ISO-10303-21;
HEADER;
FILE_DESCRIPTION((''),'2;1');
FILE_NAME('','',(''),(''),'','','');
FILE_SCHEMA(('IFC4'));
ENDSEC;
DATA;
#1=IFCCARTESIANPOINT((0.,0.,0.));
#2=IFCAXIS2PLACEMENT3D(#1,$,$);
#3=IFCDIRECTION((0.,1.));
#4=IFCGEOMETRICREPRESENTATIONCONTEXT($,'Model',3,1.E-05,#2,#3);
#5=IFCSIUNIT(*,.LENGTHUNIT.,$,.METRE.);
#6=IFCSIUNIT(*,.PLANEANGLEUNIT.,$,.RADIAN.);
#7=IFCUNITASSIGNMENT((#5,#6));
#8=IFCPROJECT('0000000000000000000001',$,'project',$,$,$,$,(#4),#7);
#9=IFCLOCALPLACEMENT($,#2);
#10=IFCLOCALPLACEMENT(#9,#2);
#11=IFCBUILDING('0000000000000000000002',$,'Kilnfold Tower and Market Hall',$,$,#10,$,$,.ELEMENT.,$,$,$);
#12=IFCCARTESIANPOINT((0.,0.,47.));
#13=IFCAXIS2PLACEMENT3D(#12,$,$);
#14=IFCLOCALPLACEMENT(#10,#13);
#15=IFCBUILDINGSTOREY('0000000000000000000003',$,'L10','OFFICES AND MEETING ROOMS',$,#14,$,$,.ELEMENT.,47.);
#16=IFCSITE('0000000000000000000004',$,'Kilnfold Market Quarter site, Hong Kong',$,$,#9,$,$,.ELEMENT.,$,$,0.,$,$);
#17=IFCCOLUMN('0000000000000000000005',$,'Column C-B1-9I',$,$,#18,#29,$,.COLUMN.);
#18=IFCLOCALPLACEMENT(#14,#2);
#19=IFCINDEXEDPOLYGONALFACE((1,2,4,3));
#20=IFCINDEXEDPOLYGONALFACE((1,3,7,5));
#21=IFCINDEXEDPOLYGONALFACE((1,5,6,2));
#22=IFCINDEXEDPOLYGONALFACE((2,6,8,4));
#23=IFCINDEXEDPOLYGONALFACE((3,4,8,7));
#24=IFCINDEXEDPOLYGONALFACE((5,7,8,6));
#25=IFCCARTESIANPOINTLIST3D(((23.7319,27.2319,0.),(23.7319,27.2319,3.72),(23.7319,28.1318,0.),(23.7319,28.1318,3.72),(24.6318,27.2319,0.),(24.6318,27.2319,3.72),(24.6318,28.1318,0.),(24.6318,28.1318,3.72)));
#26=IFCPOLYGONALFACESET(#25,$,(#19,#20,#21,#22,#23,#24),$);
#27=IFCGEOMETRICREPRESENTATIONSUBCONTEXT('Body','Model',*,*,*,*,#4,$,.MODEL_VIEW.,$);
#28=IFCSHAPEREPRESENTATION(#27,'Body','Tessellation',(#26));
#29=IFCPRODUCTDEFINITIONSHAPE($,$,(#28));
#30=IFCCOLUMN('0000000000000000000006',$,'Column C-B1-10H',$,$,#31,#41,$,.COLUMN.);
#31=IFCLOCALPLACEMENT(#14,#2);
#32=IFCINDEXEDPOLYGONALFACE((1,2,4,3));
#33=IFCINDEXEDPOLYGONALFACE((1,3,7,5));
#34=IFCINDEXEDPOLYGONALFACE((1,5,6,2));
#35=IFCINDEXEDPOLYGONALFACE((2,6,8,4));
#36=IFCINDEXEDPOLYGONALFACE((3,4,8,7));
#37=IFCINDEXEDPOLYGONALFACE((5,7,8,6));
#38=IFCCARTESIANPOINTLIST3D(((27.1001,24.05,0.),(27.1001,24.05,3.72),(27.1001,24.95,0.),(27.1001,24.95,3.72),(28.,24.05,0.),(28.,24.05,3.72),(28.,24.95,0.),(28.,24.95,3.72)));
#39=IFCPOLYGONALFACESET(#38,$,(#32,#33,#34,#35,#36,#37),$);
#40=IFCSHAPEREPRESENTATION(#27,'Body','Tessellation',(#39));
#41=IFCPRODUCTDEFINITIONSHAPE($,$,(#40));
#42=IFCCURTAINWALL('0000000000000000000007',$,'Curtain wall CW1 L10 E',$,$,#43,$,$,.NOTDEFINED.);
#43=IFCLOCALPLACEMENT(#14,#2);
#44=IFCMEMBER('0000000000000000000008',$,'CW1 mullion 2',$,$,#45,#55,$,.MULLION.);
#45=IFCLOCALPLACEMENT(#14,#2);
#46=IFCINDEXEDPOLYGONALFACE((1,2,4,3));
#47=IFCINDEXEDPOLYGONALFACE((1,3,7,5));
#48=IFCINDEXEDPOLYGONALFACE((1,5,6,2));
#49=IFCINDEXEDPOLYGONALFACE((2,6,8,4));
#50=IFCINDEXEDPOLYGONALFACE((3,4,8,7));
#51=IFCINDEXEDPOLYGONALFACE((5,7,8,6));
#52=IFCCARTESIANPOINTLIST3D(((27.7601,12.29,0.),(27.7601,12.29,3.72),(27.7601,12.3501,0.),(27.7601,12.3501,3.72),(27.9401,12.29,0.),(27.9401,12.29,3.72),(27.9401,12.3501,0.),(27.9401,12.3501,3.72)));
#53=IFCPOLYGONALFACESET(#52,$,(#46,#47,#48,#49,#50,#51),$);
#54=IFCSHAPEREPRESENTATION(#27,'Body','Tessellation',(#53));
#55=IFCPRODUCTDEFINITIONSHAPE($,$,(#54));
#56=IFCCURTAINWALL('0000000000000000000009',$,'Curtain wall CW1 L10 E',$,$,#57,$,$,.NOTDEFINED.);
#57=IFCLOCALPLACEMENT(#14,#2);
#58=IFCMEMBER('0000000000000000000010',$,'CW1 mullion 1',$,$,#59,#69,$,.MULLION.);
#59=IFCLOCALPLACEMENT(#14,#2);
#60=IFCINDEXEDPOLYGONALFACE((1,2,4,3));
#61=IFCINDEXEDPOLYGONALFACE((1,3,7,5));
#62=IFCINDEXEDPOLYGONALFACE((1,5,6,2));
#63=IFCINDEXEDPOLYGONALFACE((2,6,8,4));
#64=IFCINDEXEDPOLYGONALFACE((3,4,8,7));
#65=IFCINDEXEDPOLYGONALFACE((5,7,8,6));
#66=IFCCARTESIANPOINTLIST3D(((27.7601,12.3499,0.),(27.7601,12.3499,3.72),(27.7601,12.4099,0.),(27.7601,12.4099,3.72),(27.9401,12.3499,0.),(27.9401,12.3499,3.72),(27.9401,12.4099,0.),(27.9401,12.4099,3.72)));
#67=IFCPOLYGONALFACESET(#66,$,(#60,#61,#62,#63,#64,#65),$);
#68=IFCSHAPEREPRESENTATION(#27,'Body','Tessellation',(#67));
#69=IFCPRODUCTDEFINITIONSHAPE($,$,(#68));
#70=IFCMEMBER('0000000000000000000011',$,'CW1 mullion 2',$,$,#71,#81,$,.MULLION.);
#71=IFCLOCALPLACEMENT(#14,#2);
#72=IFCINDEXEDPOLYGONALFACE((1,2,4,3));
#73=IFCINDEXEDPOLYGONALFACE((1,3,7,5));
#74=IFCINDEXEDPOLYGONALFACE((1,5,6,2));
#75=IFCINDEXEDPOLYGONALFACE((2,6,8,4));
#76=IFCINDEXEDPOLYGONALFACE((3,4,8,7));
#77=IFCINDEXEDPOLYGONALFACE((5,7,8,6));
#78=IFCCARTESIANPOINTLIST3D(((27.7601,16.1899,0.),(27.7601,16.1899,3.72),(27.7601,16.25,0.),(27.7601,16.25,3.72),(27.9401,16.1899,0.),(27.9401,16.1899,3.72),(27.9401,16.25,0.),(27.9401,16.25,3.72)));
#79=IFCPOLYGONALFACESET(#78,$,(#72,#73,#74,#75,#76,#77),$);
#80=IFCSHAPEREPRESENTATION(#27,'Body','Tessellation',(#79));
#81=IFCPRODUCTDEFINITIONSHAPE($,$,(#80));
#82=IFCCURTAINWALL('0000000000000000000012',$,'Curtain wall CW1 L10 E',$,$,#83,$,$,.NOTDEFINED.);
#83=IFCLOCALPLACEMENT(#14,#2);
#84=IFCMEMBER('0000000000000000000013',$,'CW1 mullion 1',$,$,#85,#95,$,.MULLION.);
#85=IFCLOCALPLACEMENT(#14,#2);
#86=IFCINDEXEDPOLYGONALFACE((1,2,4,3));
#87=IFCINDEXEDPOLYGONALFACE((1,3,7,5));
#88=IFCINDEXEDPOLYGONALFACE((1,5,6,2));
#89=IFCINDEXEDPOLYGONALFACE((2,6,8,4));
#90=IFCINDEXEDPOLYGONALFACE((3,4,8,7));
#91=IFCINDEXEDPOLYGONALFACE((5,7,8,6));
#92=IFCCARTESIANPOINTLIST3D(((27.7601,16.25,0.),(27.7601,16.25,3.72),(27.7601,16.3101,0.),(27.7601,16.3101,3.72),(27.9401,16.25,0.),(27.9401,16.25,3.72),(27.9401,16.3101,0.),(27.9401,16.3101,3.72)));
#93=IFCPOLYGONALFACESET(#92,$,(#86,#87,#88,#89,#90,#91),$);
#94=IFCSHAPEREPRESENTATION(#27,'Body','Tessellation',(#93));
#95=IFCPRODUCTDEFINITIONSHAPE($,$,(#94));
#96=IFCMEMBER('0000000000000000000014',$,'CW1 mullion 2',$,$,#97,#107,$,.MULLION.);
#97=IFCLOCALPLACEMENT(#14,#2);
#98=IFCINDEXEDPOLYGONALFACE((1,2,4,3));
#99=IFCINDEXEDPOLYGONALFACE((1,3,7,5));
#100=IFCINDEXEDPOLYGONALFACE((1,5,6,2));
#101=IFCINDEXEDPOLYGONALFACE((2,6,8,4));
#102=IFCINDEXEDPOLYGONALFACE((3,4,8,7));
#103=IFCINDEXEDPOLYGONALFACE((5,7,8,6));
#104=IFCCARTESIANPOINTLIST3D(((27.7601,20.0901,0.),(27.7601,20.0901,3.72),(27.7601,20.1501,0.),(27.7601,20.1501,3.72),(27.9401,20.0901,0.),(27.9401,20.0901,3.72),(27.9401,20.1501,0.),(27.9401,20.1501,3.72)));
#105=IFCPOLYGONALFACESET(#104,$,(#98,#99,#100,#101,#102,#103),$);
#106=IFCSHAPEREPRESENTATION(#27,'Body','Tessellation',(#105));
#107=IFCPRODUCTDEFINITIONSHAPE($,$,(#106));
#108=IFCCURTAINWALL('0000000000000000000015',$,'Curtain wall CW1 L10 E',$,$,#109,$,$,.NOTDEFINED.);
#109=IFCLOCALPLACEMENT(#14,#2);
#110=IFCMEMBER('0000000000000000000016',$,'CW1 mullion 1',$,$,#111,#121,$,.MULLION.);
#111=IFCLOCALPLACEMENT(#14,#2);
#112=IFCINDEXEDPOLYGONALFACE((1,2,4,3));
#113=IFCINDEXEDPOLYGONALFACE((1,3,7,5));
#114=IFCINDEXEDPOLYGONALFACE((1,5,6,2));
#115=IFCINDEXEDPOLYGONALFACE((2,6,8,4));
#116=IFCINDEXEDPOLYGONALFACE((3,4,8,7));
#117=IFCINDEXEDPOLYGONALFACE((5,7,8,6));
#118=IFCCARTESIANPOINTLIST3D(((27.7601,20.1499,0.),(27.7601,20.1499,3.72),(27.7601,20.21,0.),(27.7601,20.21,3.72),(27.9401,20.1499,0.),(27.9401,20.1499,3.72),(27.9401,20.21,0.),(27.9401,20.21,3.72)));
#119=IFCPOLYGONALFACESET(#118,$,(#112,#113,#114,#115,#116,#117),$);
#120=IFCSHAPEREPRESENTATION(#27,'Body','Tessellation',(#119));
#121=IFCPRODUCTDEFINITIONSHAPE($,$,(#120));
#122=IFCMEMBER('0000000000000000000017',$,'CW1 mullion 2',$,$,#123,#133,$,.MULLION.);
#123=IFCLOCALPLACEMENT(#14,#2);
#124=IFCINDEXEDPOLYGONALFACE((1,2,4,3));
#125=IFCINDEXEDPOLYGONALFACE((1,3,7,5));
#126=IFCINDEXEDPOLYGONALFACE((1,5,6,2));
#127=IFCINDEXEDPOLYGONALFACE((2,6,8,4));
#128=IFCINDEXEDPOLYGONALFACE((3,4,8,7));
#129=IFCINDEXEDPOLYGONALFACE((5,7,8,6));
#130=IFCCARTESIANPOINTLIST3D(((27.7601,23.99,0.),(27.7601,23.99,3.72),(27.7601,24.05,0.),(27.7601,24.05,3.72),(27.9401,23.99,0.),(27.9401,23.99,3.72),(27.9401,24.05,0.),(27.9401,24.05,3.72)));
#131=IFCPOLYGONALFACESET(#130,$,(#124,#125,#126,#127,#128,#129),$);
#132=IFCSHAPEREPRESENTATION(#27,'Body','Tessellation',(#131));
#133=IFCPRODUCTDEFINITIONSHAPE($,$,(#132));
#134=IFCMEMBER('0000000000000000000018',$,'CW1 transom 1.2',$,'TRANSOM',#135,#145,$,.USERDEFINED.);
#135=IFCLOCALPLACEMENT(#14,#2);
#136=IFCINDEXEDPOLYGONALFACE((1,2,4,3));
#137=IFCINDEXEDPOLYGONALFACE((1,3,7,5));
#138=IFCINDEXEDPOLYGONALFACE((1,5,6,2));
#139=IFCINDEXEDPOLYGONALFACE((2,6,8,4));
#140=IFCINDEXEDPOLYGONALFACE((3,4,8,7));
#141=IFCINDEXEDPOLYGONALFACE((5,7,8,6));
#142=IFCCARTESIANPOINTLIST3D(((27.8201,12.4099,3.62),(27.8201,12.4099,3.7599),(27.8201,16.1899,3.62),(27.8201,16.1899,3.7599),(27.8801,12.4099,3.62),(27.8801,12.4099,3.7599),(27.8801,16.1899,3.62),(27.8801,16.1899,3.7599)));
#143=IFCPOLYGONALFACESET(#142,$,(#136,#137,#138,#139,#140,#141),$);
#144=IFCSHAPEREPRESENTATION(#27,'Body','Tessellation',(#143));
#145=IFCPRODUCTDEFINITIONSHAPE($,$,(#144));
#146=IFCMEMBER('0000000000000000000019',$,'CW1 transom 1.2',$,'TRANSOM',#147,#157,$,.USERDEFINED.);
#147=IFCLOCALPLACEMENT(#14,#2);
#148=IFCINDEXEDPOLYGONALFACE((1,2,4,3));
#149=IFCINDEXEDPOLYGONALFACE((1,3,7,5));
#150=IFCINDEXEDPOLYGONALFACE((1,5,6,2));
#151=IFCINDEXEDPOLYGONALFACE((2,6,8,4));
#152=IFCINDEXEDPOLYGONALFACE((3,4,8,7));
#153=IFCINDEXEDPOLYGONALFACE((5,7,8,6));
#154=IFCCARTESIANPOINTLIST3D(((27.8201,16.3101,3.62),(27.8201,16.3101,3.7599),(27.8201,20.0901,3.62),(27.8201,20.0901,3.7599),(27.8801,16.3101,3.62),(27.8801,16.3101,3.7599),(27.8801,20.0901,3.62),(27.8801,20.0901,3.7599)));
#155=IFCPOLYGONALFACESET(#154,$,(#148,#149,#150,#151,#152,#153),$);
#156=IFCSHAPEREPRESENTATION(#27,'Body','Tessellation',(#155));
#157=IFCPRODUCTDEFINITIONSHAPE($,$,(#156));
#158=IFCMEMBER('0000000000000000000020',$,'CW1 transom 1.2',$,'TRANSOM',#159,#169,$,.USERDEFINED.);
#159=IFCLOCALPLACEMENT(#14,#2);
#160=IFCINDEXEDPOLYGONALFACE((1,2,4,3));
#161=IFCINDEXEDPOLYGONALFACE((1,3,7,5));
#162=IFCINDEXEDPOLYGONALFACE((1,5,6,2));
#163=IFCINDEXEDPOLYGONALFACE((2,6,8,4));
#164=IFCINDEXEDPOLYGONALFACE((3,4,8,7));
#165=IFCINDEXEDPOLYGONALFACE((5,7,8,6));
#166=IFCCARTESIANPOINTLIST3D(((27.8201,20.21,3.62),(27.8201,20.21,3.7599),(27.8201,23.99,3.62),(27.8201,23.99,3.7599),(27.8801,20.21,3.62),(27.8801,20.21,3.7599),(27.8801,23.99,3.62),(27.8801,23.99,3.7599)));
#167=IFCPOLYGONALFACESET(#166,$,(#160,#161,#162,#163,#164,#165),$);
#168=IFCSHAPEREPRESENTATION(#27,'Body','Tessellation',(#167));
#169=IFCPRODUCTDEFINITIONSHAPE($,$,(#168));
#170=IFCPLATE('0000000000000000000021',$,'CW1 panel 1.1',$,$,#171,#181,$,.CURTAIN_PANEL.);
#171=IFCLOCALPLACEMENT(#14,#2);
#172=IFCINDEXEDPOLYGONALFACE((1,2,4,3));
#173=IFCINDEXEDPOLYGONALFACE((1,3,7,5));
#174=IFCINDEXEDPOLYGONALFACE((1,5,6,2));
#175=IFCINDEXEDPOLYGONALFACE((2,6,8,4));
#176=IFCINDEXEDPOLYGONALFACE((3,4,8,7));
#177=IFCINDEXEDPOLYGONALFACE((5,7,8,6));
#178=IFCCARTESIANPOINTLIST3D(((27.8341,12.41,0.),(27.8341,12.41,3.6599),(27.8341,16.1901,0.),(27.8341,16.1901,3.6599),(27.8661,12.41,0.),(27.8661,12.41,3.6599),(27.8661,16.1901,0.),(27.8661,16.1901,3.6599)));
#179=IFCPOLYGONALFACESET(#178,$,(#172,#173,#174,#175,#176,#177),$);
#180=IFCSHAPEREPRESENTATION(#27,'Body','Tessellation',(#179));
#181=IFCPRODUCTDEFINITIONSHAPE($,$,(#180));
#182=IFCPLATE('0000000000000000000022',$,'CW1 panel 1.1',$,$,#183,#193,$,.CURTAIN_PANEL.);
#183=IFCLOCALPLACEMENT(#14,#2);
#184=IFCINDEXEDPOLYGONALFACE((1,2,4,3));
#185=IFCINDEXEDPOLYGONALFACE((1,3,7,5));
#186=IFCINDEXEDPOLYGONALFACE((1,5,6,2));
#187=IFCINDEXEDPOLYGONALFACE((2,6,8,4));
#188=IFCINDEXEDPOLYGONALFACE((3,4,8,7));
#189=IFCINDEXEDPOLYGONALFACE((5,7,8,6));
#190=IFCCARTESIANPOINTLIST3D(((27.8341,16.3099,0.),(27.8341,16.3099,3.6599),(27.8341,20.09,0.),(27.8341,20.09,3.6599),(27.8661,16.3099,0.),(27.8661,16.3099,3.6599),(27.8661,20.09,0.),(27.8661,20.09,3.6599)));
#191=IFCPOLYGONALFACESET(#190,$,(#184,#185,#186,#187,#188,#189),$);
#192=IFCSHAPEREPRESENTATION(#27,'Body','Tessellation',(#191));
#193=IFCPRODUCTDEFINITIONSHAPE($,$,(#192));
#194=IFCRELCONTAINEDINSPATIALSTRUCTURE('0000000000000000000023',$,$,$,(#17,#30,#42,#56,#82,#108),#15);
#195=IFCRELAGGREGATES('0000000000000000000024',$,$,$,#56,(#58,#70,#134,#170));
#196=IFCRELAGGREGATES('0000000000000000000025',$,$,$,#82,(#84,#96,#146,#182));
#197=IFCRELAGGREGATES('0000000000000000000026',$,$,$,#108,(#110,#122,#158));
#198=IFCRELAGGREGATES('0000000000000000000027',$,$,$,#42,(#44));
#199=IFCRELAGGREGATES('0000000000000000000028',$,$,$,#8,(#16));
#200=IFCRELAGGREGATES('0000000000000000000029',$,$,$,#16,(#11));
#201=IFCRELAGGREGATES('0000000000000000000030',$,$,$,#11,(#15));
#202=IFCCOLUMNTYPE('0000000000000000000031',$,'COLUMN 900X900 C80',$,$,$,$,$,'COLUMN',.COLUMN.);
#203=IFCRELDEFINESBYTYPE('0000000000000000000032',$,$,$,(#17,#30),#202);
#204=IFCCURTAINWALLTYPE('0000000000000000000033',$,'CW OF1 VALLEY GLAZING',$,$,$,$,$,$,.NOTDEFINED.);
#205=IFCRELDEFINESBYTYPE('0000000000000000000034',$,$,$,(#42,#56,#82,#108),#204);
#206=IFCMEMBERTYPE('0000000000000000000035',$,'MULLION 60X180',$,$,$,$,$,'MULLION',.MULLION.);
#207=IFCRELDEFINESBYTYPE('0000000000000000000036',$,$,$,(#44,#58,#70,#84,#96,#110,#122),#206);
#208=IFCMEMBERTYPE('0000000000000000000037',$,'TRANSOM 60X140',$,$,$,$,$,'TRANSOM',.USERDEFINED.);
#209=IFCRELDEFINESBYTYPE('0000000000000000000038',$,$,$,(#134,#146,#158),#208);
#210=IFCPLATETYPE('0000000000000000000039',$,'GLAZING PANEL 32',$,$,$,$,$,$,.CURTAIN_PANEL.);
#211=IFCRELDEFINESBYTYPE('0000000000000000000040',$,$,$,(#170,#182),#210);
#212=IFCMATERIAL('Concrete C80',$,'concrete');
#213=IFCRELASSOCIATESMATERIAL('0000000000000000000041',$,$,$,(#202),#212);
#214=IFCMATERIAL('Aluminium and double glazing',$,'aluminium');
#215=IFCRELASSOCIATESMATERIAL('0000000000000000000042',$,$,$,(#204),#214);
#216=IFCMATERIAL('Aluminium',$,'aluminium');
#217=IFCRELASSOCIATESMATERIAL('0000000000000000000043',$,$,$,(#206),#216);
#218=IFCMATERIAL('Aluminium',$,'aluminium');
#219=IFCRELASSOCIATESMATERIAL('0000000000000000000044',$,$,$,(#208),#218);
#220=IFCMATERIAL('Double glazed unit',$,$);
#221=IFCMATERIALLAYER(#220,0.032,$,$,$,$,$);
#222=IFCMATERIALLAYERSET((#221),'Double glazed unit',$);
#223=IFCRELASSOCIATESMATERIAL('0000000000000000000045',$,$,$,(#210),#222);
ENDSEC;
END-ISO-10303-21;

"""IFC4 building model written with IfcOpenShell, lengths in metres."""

from ifc_helpers import new_model, si_unit, direction, frame, origin, origin_2d, place, context, subcontext, project, spatial, rectangle, extrude, source, transform, mapped, material, layer, layer_set, material_profile, profile_set, type_object, element, aggregate, save


model = new_model("IFC4")

# Units and contexts
model_context = context("Model", 3, precision=1e-05, world=origin(), true_north=direction((0.0, 1.0)))
body_context = subcontext(model_context, "Body", "Model", "MODEL_VIEW")
ifc_project = project(units=[si_unit("LENGTHUNIT", "METRE"), si_unit("PLANEANGLEUNIT", "RADIAN")], contexts=[model_context])

# Site, building, storey
site_placement = place(None, origin())
site = spatial("IfcSite", under=ifc_project, at=site_placement, Name="Kilnfold Market Quarter site, Hong Kong", CompositionType="ELEMENT", RefElevation=0.0)
building_placement = place(site_placement, origin())
building = spatial("IfcBuilding", under=site, at=building_placement, Name="Kilnfold Tower and Market Hall", CompositionType="ELEMENT")
storey_placement = place(building_placement, frame((0.0, 0.0, 47.0)))
storey = spatial("IfcBuildingStorey", under=building, at=storey_placement, Name="L10", Description="OFFICES AND MEETING ROOMS", CompositionType="ELEMENT", Elevation=47.0)

# Columns
ifc_material_1 = material(Name="Concrete C80", Category="concrete")
ifc_material_profile_1 = material_profile(ifc_material_1, rectangle(XDim=0.8999, YDim=0.8999, at=origin_2d()), Name="RC 900x900")
ifc_profile_set_1 = profile_set([ifc_material_profile_1], Name="Concrete C80")
column_type = type_object("IfcColumnType", Name="COLUMN 900X900 C80", ElementType="COLUMN", PredefinedType="COLUMN", material=ifc_profile_set_1)
shared_shape_1 = source(origin(), body_context, "Body", "SweptSolid", [
    extrude(rectangle(XDim=0.8999, YDim=0.8999, at=origin_2d()), origin(), (0.0, 0.0, 1.0), 3.72),
])
for number, where, z_axis, x_axis, name in (
    (1, (24.1819, 27.6819, 0.0), (0.0, 0.0, 1.0), (1.0, 0.0, 0.0), "Column C-B1-9I"),
    (2, (27.55, 24.5, 0.0), (0.0, 0.0, 1.0), (1.0, 0.0, 0.0), "Column C-B1-10H"),
):
    element("IfcColumn", number, at=place(storey_placement, frame(where, z_axis=z_axis, x_axis=x_axis)), inside=storey, type_object=column_type, Name=name, PredefinedType="COLUMN", context=body_context, shape_type="MappedRepresentation", body=[
        mapped(shared_shape_1, transform((0.0, 0.0, 0.0))),
    ])

# Curtain wall, member
ifc_material_2 = material(Name="Aluminium and double glazing", Category="aluminium")
curtain_wall_type = type_object("IfcCurtainWallType", Name="CW OF1 VALLEY GLAZING", PredefinedType="NOTDEFINED", material=ifc_material_2)
curtain_wall_1_placement = place(storey_placement, origin())
curtain_wall_1 = element("IfcCurtainWall", 3, at=curtain_wall_1_placement, inside=storey, type_object=curtain_wall_type, Name="Curtain wall CW1 L10 E", PredefinedType="NOTDEFINED")
ifc_material_3 = material(Name="Aluminium", Category="aluminium")
ifc_material_profile_2 = material_profile(ifc_material_3, rectangle(XDim=0.0601, YDim=0.1799, at=origin_2d()), Name="MULLION 60x180")
ifc_profile_set_2 = profile_set([ifc_material_profile_2], Name="Aluminium")
member_type_1 = type_object("IfcMemberType", Name="MULLION 60X180", ElementType="MULLION", PredefinedType="MULLION", material=ifc_profile_set_2)
shared_shape_2 = source(origin(), body_context, "Body", "SweptSolid", [
    extrude(rectangle(XDim=0.0601, YDim=0.1799, at=origin_2d()), origin(), (0.0, 0.0, 1.0), 3.72),
])
member_1_placement = place(storey_placement, frame((27.8501, 12.3201, 0.0), z_axis=(0.0, 0.0, 1.0), x_axis=(0.0, 1.0, 0.0)))
member_1 = element("IfcMember", 4, at=member_1_placement, type_object=member_type_1, Name="CW1 mullion 2", PredefinedType="MULLION", context=body_context, shape_type="MappedRepresentation", body=[
    mapped(shared_shape_2, transform((0.0, 0.0, 0.0))),
])

# Curtain walls, members
curtain_wall_2_placement = place(storey_placement, origin())
curtain_wall_2 = element("IfcCurtainWall", 5, at=curtain_wall_2_placement, inside=storey, type_object=curtain_wall_type, Name="Curtain wall CW1 L10 E", PredefinedType="NOTDEFINED")
member_2_placement = place(storey_placement, frame((27.8501, 12.3799, 0.0), z_axis=(0.0, 0.0, 1.0), x_axis=(0.0, 1.0, 0.0)))
member_2 = element("IfcMember", 6, at=member_2_placement, type_object=member_type_1, Name="CW1 mullion 1", PredefinedType="MULLION", context=body_context, shape_type="MappedRepresentation", body=[
    mapped(shared_shape_2, transform((0.0, 0.0, 0.0))),
])
member_3_placement = place(storey_placement, frame((27.8501, 16.22, 0.0), z_axis=(0.0, 0.0, 1.0), x_axis=(0.0, 1.0, 0.0)))
member_3 = element("IfcMember", 7, at=member_3_placement, type_object=member_type_1, Name="CW1 mullion 2", PredefinedType="MULLION", context=body_context, shape_type="MappedRepresentation", body=[
    mapped(shared_shape_2, transform((0.0, 0.0, 0.0))),
])
curtain_wall_3_placement = place(storey_placement, origin())
curtain_wall_3 = element("IfcCurtainWall", 8, at=curtain_wall_3_placement, inside=storey, type_object=curtain_wall_type, Name="Curtain wall CW1 L10 E", PredefinedType="NOTDEFINED")
member_4_placement = place(storey_placement, frame((27.8501, 16.28, 0.0), z_axis=(0.0, 0.0, 1.0), x_axis=(0.0, 1.0, 0.0)))
member_4 = element("IfcMember", 9, at=member_4_placement, type_object=member_type_1, Name="CW1 mullion 1", PredefinedType="MULLION", context=body_context, shape_type="MappedRepresentation", body=[
    mapped(shared_shape_2, transform((0.0, 0.0, 0.0))),
])
member_5_placement = place(storey_placement, frame((27.8501, 20.1201, 0.0), z_axis=(0.0, 0.0, 1.0), x_axis=(0.0, 1.0, 0.0)))
member_5 = element("IfcMember", 10, at=member_5_placement, type_object=member_type_1, Name="CW1 mullion 2", PredefinedType="MULLION", context=body_context, shape_type="MappedRepresentation", body=[
    mapped(shared_shape_2, transform((0.0, 0.0, 0.0))),
])
curtain_wall_4_placement = place(storey_placement, origin())
curtain_wall_4 = element("IfcCurtainWall", 11, at=curtain_wall_4_placement, inside=storey, type_object=curtain_wall_type, Name="Curtain wall CW1 L10 E", PredefinedType="NOTDEFINED")
member_6_placement = place(storey_placement, frame((27.8501, 20.1799, 0.0), z_axis=(0.0, 0.0, 1.0), x_axis=(0.0, 1.0, 0.0)))
member_6 = element("IfcMember", 12, at=member_6_placement, type_object=member_type_1, Name="CW1 mullion 1", PredefinedType="MULLION", context=body_context, shape_type="MappedRepresentation", body=[
    mapped(shared_shape_2, transform((0.0, 0.0, 0.0))),
])
member_7_placement = place(storey_placement, frame((27.8501, 24.02, 0.0), z_axis=(0.0, 0.0, 1.0), x_axis=(0.0, 1.0, 0.0)))
member_7 = element("IfcMember", 13, at=member_7_placement, type_object=member_type_1, Name="CW1 mullion 2", PredefinedType="MULLION", context=body_context, shape_type="MappedRepresentation", body=[
    mapped(shared_shape_2, transform((0.0, 0.0, 0.0))),
])

# Members
ifc_material_4 = material(Name="Aluminium", Category="aluminium")
ifc_material_profile_3 = material_profile(ifc_material_4, rectangle(XDim=0.0601, YDim=0.1399, at=origin_2d()), Name="TRANSOM 60x140")
ifc_profile_set_3 = profile_set([ifc_material_profile_3], Name="Aluminium")
member_type_2 = type_object("IfcMemberType", Name="TRANSOM 60X140", ElementType="TRANSOM", PredefinedType="USERDEFINED", material=ifc_profile_set_3)
shared_shape_3 = source(origin(), body_context, "Body", "SweptSolid", [
    extrude(rectangle(XDim=0.0601, YDim=0.1399, at=origin_2d()), origin(), (0.0, 0.0, 1.0), 3.78),
])
member_8_placement = place(storey_placement, frame((27.8501, 12.4099, 3.6899), z_axis=(0.0, 1.0, 0.0), x_axis=(-1.0, 0.0, 0.0)))
member_8 = element("IfcMember", 14, at=member_8_placement, type_object=member_type_2, Name="CW1 transom 1.2", ObjectType="TRANSOM", PredefinedType="USERDEFINED", context=body_context, shape_type="MappedRepresentation", body=[
    mapped(shared_shape_3, transform((0.0, 0.0, 0.0))),
])
member_9_placement = place(storey_placement, frame((27.8501, 16.3101, 3.6899), z_axis=(0.0, 1.0, 0.0), x_axis=(-1.0, 0.0, 0.0)))
member_9 = element("IfcMember", 15, at=member_9_placement, type_object=member_type_2, Name="CW1 transom 1.2", ObjectType="TRANSOM", PredefinedType="USERDEFINED", context=body_context, shape_type="MappedRepresentation", body=[
    mapped(shared_shape_3, transform((0.0, 0.0, 0.0))),
])
member_10_placement = place(storey_placement, frame((27.8501, 20.21, 3.6899), z_axis=(0.0, 1.0, 0.0), x_axis=(-1.0, 0.0, 0.0)))
member_10 = element("IfcMember", 16, at=member_10_placement, type_object=member_type_2, Name="CW1 transom 1.2", ObjectType="TRANSOM", PredefinedType="USERDEFINED", context=body_context, shape_type="MappedRepresentation", body=[
    mapped(shared_shape_3, transform((0.0, 0.0, 0.0))),
])

# Plates
ifc_material_5 = material(Name="Double glazed unit")
ifc_layer_1 = layer(ifc_material_5, 0.032)
ifc_layer_set_1 = layer_set([ifc_layer_1], Name="Double glazed unit")
plate_type = type_object("IfcPlateType", Name="GLAZING PANEL 32", PredefinedType="CURTAIN_PANEL", material=ifc_layer_set_1)
shared_shape_4 = source(origin(), body_context, "Body", "SweptSolid", [
    extrude(rectangle(XDim=3.78, YDim=0.032, at=origin_2d()), origin(), (0.0, 0.0, 1.0), 3.6599),
])
plate_1_placement = place(storey_placement, frame((27.8501, 14.3, 0.0), z_axis=(0.0, 0.0, 1.0), x_axis=(0.0, 1.0, 0.0)))
plate_1 = element("IfcPlate", 17, at=plate_1_placement, type_object=plate_type, Name="CW1 panel 1.1", PredefinedType="CURTAIN_PANEL", context=body_context, shape_type="MappedRepresentation", body=[
    mapped(shared_shape_4, transform((0.0, 0.0, 0.0))),
])
aggregate(curtain_wall_2, [member_2, member_3, member_8, plate_1])
plate_2_placement = place(storey_placement, frame((27.8501, 18.2, 0.0), z_axis=(0.0, 0.0, 1.0), x_axis=(0.0, 1.0, 0.0)))
plate_2 = element("IfcPlate", 18, at=plate_2_placement, type_object=plate_type, Name="CW1 panel 1.1", PredefinedType="CURTAIN_PANEL", context=body_context, shape_type="MappedRepresentation", body=[
    mapped(shared_shape_4, transform((0.0, 0.0, 0.0))),
])
aggregate(curtain_wall_3, [member_4, member_5, member_9, plate_2])
aggregate(curtain_wall_4, [member_6, member_7, member_10])
aggregate(curtain_wall_1, [member_1])

save(model, "model.ifc")
